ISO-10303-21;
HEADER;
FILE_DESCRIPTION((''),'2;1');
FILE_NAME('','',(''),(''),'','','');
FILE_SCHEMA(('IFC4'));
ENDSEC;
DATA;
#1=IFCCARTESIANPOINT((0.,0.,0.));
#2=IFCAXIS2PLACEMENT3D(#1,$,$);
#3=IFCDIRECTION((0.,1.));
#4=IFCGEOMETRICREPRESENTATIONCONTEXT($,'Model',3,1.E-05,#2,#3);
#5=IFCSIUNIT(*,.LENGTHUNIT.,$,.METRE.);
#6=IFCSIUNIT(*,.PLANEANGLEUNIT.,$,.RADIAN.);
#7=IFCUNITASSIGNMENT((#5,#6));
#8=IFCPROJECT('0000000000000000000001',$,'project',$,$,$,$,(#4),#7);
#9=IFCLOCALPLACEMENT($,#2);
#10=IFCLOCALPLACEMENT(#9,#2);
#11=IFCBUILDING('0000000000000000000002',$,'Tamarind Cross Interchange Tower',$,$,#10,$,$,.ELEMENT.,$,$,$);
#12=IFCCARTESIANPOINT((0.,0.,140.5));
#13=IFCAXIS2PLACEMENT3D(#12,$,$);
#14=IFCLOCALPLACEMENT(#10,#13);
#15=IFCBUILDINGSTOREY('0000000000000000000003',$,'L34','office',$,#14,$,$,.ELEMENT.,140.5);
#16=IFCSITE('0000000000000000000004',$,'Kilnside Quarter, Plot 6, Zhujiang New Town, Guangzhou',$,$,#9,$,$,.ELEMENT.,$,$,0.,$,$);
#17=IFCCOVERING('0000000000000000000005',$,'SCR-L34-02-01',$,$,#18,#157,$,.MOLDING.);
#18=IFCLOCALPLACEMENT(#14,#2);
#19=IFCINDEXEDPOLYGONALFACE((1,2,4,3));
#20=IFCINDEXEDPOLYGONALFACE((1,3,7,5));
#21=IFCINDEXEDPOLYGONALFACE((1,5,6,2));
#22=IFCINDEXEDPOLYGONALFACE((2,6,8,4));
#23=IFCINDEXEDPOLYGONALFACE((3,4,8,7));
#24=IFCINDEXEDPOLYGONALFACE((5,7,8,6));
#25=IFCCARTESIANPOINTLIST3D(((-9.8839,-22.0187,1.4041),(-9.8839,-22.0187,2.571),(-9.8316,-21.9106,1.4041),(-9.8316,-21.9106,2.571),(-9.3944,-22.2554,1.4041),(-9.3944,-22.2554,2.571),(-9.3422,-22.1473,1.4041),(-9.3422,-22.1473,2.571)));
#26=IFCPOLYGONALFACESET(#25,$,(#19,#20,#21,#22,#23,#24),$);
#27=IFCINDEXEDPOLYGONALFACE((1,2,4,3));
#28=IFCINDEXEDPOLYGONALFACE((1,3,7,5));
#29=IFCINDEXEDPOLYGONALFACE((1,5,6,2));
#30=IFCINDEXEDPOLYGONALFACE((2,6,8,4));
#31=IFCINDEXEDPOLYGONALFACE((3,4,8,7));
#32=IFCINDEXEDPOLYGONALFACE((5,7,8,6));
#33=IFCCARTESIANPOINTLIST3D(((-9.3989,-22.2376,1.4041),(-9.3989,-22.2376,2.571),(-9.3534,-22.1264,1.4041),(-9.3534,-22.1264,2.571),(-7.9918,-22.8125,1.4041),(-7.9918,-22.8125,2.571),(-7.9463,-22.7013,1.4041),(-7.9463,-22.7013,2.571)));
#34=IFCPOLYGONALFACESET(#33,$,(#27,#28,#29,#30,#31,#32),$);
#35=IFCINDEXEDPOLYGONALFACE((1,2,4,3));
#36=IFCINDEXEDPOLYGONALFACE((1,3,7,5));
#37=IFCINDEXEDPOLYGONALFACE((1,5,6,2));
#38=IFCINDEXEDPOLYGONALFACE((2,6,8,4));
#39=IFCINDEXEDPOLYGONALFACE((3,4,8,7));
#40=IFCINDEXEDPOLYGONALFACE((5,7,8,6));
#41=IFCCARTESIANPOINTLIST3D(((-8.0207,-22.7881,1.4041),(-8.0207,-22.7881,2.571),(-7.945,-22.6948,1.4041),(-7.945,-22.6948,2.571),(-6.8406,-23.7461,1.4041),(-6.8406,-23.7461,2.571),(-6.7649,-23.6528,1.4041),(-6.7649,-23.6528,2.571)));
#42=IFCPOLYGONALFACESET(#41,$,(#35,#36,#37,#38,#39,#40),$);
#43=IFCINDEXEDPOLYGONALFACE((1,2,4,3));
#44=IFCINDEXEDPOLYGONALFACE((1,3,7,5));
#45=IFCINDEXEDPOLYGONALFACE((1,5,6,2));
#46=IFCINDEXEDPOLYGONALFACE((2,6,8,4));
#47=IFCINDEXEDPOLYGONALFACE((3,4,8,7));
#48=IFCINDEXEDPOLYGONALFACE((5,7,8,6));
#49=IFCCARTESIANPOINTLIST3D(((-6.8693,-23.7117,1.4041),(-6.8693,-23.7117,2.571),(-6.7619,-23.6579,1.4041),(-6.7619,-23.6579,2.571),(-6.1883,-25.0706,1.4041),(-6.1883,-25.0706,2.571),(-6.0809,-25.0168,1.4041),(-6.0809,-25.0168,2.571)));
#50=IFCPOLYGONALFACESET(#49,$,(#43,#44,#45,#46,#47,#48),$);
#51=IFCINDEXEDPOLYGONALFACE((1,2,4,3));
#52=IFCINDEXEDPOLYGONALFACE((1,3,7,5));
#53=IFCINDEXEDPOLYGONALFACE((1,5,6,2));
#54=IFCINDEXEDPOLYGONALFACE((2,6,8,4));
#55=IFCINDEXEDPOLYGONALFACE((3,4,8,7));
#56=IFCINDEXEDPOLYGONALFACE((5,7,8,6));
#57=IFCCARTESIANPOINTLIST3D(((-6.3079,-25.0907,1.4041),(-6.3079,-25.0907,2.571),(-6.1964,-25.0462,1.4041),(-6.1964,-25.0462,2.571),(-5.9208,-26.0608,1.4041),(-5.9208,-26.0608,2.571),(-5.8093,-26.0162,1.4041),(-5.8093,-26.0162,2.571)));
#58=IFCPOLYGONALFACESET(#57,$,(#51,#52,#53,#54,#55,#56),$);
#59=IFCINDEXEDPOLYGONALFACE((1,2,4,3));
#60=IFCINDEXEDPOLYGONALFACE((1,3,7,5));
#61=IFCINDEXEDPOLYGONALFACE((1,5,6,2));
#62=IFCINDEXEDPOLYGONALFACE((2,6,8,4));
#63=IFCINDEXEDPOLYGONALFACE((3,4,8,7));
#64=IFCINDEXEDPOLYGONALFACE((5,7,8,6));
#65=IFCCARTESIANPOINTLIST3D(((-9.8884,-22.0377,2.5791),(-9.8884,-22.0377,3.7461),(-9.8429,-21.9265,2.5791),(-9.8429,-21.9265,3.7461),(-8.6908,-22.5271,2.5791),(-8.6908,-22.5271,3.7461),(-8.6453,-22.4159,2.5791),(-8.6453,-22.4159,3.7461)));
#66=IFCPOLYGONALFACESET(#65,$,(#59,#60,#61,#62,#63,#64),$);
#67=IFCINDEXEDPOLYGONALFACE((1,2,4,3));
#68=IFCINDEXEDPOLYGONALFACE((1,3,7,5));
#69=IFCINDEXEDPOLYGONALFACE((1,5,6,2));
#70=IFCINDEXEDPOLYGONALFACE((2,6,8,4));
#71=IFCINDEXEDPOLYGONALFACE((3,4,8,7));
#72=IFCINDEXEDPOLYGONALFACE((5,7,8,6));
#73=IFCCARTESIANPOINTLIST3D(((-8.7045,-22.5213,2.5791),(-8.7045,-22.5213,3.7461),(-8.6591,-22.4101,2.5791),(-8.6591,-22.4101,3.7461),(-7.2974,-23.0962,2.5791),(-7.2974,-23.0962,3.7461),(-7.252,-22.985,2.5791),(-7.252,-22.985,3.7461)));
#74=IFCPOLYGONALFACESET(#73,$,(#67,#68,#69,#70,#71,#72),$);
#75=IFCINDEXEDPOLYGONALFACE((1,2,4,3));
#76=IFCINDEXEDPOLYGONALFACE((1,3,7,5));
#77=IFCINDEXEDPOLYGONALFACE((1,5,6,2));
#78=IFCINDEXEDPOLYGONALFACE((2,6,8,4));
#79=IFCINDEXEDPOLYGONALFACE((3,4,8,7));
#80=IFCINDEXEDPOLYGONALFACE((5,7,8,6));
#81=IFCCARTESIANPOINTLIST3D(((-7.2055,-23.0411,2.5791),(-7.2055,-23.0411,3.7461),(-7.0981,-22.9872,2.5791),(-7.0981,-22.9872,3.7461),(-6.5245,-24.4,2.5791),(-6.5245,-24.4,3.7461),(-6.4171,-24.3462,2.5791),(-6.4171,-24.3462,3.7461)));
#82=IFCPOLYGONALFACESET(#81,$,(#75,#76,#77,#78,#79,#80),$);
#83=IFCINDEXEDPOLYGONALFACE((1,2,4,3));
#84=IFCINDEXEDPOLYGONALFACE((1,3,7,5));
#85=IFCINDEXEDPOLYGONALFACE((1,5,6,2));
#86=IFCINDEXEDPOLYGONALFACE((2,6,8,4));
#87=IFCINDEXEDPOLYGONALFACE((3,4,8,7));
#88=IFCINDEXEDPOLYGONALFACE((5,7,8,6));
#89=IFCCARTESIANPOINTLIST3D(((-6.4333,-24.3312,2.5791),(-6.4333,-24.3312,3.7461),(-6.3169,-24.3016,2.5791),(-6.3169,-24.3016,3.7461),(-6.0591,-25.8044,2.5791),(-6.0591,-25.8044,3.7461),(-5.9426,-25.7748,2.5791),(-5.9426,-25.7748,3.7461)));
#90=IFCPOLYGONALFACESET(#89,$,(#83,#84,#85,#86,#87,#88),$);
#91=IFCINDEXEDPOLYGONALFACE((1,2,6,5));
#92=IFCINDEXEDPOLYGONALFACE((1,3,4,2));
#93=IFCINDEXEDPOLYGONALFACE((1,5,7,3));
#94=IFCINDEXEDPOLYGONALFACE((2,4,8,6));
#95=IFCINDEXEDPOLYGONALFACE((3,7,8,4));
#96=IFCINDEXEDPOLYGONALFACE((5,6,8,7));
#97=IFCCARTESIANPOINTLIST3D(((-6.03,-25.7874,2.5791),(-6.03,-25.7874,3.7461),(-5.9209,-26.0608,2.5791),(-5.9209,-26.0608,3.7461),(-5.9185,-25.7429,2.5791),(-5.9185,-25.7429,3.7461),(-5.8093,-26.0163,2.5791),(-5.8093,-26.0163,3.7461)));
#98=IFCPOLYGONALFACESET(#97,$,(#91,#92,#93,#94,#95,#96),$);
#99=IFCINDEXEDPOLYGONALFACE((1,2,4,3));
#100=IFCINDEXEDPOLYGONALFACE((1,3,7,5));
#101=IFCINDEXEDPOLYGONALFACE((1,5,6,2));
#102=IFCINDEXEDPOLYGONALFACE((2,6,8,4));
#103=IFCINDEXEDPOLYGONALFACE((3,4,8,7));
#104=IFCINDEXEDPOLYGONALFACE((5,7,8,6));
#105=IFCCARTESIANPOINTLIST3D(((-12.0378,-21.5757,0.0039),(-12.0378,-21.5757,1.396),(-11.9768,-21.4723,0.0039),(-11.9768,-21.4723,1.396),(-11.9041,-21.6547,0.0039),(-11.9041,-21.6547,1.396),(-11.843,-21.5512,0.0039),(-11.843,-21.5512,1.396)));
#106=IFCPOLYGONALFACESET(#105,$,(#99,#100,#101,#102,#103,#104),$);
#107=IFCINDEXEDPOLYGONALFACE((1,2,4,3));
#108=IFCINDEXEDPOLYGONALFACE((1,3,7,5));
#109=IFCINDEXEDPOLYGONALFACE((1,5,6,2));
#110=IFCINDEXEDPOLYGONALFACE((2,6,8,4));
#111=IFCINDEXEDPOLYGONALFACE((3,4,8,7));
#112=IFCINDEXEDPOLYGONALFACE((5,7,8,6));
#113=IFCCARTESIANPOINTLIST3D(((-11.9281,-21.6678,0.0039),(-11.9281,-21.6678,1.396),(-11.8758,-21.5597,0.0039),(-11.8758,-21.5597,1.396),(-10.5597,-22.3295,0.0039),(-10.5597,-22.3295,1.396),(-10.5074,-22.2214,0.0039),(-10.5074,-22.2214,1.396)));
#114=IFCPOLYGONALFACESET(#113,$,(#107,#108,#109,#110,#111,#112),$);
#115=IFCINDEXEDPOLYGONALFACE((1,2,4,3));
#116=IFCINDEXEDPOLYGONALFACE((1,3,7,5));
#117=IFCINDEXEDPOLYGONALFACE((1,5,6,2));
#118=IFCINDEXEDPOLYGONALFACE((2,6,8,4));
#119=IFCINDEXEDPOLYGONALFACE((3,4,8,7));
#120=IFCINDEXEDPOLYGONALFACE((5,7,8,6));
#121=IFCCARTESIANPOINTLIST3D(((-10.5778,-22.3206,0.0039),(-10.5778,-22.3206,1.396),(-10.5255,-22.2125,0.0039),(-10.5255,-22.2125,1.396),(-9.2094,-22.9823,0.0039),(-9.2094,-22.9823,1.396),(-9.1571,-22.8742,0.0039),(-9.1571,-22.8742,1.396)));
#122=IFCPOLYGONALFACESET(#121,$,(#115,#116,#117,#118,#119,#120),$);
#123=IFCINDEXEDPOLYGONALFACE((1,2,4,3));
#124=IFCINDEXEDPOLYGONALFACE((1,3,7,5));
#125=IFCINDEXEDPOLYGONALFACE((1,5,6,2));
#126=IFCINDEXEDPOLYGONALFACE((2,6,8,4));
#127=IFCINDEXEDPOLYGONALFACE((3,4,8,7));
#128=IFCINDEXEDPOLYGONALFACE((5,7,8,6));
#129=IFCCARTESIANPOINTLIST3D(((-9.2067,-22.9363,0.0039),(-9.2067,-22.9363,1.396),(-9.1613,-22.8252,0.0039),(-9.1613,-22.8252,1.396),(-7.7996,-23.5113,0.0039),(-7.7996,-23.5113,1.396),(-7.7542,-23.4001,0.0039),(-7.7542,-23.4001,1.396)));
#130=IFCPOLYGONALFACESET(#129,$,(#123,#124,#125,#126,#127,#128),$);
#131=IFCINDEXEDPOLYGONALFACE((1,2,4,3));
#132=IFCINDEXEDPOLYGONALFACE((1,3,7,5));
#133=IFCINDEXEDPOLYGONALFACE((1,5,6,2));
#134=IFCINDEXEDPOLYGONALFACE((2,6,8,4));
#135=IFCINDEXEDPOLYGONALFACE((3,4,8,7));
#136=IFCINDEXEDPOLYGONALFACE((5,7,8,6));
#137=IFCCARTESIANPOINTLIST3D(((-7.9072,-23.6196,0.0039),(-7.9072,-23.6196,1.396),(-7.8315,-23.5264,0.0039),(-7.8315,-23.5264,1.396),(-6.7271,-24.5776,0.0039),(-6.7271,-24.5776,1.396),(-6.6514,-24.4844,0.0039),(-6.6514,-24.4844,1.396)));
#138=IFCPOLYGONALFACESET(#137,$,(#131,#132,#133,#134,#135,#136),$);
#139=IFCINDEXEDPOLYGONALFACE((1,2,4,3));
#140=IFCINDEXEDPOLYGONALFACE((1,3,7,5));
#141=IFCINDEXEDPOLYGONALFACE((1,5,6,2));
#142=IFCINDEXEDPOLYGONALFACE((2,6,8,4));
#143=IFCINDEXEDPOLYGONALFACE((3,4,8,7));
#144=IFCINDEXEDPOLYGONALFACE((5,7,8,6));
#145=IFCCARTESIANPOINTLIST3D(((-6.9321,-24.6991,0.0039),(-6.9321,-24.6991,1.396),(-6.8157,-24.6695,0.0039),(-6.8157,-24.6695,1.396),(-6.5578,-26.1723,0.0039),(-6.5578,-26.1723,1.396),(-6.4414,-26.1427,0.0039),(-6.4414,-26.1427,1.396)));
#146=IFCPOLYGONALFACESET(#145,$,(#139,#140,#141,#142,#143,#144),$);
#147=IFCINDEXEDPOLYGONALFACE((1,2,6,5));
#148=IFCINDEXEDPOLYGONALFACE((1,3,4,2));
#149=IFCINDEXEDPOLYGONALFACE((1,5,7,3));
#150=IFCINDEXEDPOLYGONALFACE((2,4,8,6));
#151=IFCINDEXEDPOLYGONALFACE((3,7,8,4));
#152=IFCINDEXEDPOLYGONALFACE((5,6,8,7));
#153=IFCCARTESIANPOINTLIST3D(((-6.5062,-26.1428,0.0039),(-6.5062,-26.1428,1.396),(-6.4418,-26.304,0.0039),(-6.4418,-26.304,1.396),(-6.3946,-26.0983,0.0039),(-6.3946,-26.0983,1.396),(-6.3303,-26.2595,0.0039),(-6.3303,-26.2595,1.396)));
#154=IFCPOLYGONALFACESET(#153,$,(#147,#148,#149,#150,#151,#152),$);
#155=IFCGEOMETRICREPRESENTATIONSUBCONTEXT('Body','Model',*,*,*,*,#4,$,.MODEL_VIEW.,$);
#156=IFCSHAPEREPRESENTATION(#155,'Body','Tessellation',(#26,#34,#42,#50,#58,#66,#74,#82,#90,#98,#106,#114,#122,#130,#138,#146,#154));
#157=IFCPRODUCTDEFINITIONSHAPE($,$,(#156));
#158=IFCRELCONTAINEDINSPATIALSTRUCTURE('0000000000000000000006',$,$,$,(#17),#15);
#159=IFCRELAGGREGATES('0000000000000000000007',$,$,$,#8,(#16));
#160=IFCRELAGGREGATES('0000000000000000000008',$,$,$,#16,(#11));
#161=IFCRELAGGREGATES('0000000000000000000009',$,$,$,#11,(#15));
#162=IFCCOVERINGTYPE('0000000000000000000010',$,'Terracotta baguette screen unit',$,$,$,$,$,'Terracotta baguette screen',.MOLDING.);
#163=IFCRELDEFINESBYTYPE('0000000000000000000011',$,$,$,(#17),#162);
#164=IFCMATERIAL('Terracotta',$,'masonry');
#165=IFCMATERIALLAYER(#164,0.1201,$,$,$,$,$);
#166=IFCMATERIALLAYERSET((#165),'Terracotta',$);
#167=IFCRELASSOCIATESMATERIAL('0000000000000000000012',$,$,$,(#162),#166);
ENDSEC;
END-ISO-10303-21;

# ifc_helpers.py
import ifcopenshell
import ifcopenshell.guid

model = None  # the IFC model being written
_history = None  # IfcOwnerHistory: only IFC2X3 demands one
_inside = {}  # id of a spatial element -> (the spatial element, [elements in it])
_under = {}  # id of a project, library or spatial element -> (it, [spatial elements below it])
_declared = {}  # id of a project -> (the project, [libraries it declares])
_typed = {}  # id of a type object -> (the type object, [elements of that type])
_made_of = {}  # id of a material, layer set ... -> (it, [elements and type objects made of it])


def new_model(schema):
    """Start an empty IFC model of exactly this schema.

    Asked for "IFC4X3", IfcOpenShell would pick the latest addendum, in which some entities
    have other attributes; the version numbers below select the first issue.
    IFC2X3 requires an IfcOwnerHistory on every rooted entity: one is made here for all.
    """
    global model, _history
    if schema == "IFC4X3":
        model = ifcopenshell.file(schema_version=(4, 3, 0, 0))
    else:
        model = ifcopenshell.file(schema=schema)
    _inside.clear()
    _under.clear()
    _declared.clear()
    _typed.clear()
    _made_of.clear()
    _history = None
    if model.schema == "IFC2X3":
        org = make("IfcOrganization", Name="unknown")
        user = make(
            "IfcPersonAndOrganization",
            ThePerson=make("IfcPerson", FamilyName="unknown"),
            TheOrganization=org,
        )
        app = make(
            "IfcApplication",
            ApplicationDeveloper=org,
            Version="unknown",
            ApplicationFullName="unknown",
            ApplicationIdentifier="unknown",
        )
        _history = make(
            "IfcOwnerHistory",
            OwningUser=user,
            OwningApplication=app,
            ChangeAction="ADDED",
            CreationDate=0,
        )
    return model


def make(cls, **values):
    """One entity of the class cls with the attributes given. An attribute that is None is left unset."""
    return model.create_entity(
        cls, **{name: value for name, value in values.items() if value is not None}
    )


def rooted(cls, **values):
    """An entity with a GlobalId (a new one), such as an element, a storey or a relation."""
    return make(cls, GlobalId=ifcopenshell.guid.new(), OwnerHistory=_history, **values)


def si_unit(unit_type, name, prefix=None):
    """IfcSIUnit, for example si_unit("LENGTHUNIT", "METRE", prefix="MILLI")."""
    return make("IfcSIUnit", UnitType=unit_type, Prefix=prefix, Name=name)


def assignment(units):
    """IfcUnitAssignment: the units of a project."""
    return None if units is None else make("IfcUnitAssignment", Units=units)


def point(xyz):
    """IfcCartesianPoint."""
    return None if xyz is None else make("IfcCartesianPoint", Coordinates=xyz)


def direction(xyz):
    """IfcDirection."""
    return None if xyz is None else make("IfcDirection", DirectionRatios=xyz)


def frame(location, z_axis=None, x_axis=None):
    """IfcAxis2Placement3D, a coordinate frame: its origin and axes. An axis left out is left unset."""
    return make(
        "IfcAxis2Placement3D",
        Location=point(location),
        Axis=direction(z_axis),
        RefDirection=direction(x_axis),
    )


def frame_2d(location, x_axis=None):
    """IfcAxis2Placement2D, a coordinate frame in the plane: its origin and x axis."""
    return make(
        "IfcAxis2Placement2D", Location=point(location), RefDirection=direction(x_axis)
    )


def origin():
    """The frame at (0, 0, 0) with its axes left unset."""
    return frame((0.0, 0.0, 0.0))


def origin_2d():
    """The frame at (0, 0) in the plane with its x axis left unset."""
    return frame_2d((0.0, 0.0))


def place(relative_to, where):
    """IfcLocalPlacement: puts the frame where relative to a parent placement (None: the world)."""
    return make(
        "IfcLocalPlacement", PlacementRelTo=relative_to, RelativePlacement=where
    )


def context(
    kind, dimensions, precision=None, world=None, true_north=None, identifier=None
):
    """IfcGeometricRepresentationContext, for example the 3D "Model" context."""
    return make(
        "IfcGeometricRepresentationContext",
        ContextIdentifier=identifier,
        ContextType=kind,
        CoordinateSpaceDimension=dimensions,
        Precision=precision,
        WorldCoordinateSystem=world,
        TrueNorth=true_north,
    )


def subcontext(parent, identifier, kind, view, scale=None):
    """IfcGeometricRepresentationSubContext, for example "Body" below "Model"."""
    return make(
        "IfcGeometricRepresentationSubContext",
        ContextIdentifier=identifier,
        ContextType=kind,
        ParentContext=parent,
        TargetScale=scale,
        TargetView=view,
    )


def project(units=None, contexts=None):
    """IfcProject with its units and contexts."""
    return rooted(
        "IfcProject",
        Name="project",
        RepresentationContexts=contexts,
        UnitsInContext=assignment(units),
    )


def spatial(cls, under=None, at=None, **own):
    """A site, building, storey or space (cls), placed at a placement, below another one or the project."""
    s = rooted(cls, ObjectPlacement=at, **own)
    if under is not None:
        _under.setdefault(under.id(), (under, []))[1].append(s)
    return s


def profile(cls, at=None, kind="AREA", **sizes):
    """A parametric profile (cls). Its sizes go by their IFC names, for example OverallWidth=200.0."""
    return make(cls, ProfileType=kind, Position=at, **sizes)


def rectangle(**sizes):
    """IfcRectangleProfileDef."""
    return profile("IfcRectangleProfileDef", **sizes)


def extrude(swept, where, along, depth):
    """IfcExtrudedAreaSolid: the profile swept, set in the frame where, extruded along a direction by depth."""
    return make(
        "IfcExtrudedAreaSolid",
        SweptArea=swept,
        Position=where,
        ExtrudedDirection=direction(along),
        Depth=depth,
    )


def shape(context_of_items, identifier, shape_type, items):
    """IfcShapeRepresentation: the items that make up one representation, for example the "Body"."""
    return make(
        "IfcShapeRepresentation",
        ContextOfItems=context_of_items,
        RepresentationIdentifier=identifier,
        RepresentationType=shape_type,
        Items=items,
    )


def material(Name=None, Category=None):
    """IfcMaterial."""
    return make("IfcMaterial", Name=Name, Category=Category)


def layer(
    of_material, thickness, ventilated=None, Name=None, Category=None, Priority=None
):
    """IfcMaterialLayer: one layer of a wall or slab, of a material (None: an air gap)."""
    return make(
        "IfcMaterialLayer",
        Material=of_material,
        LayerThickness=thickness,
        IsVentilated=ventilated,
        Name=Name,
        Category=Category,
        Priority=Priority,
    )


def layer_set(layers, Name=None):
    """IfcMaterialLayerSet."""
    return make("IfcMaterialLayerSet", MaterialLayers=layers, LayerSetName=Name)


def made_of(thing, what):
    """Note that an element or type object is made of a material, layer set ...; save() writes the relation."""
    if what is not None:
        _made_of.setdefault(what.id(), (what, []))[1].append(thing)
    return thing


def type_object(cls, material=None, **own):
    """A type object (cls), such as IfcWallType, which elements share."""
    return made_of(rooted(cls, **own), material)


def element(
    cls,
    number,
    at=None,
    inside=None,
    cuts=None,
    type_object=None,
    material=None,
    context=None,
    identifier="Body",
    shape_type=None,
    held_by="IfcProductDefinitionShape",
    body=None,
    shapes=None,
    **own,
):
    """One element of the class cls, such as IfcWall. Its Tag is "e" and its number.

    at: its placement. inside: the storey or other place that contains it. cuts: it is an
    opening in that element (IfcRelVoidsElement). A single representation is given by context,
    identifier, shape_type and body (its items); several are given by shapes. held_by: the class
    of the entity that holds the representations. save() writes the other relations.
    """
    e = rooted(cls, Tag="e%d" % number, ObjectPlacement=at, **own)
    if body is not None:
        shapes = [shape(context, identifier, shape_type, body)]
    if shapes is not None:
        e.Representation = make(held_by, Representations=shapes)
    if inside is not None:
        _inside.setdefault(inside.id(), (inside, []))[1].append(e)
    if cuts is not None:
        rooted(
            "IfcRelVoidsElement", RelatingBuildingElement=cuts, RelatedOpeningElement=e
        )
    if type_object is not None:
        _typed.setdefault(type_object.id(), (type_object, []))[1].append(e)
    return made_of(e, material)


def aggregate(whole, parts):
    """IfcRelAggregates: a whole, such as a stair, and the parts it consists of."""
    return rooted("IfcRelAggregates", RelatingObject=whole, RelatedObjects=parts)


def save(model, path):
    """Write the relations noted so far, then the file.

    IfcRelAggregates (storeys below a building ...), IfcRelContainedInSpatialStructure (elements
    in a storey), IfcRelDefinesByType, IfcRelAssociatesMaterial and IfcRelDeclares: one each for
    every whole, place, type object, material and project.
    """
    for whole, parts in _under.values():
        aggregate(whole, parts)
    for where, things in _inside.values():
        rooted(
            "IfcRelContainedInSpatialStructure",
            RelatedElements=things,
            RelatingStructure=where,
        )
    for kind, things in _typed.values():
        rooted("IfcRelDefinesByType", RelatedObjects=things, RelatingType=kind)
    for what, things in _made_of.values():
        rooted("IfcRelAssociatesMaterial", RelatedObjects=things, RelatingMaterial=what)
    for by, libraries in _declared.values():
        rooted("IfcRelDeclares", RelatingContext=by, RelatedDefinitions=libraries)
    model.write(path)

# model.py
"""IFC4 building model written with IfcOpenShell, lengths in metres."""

from ifc_helpers import new_model, si_unit, direction, frame, origin, origin_2d, place, context, subcontext, project, spatial, rectangle, extrude, material, layer, layer_set, type_object, element, save


model = new_model("IFC4")

# Units and contexts
model_context = context("Model", 3, precision=1e-05, world=origin(), true_north=direction((0.0, 1.0)))
body_context = subcontext(model_context, "Body", "Model", "MODEL_VIEW")
ifc_project = project(units=[si_unit("LENGTHUNIT", "METRE"), si_unit("PLANEANGLEUNIT", "RADIAN")], contexts=[model_context])

# Site, building, storey
site_placement = place(None, origin())
site = spatial("IfcSite", under=ifc_project, at=site_placement, Name="Kilnside Quarter, Plot 6, Zhujiang New Town, Guangzhou", CompositionType="ELEMENT", RefElevation=0.0)
building_placement = place(site_placement, origin())
building = spatial("IfcBuilding", under=site, at=building_placement, Name="Tamarind Cross Interchange Tower", CompositionType="ELEMENT")
storey_placement = place(building_placement, frame((0.0, 0.0, 140.5)))
storey = spatial("IfcBuildingStorey", under=building, at=storey_placement, Name="L34", Description="office", CompositionType="ELEMENT", Elevation=140.5)

# Covering
ifc_material_1 = material(Name="Terracotta", Category="masonry")
ifc_layer_1 = layer(ifc_material_1, 0.1201)
ifc_layer_set_1 = layer_set([ifc_layer_1], Name="Terracotta")
covering_type = type_object("IfcCoveringType", Name="Terracotta baguette screen unit", ElementType="Terracotta baguette screen", PredefinedType="MOLDING", material=ifc_layer_set_1)
covering_1_placement = place(storey_placement, origin())
element("IfcCovering", 1, at=covering_1_placement, inside=storey, type_object=covering_type, Name="SCR-L34-02-01", PredefinedType="MOLDING", context=body_context, shape_type="SweptSolid", body=[
    extrude(rectangle(XDim=0.5437, YDim=0.1201, at=origin_2d()), frame((-9.613, -22.083, 1.4041), z_axis=(0.0, 0.0, 1.0), x_axis=(0.900273, -0.435326, 0.0)), (0.0, 0.0, 1.0), 1.167),
    extrude(rectangle(XDim=1.52, YDim=0.1201, at=origin_2d()), frame((-8.6726, -22.4695, 1.4041), z_axis=(0.0, 0.0, 1.0), x_axis=(0.925709, -0.378237, 0.0)), (0.0, 0.0, 1.0), 1.167),
    extrude(rectangle(XDim=1.52, YDim=0.1201, at=origin_2d()), frame((-7.3928, -23.2205, 1.4041), z_axis=(0.0, 0.0, 1.0), x_axis=(0.776369, -0.630279, 0.0)), (0.0, 0.0, 1.0), 1.167),
    extrude(rectangle(XDim=1.52, YDim=0.1201, at=origin_2d()), frame((-6.4751, -24.3643, 1.4041), z_axis=(0.0, 0.0, 1.0), x_axis=(0.448045, -0.894011, 0.0)), (0.0, 0.0, 1.0), 1.167),
    extrude(rectangle(XDim=1.0444, YDim=0.1201, at=origin_2d()), frame((-6.0586, -25.5535, 1.4041), z_axis=(0.0, 0.0, 1.0), x_axis=(0.370629, -0.928781, 0.0)), (0.0, 0.0, 1.0), 1.167),
    extrude(rectangle(XDim=1.2937, YDim=0.1201, at=origin_2d()), frame((-9.2668, -22.2268, 2.5791), z_axis=(0.0, 0.0, 1.0), x_axis=(0.925709, -0.378237, 0.0)), (0.0, 0.0, 1.0), 1.167),
    extrude(rectangle(XDim=1.52, YDim=0.1201, at=origin_2d()), frame((-7.9783, -22.7532, 2.5791), z_axis=(0.0, 0.0, 1.0), x_axis=(0.925709, -0.378237, 0.0)), (0.0, 0.0, 1.0), 1.167),
    extrude(rectangle(XDim=1.52, YDim=0.1201, at=origin_2d()), frame((-6.8113, -23.6936, 2.5791), z_axis=(0.0, 0.0, 1.0), x_axis=(0.448045, -0.894011, 0.0)), (0.0, 0.0, 1.0), 1.167),
    extrude(rectangle(XDim=1.52, YDim=0.1201, at=origin_2d()), frame((-6.188, -25.053, 2.5791), z_axis=(0.0, 0.0, 1.0), x_axis=(0.246228, -0.969212, 0.0)), (0.0, 0.0, 1.0), 1.167),
    extrude(rectangle(XDim=0.2944, YDim=0.1201, at=origin_2d()), frame((-5.9197, -25.9019, 2.5791), z_axis=(0.0, 0.0, 1.0), x_axis=(0.370629, -0.928781, 0.0)), (0.0, 0.0, 1.0), 1.167),
    extrude(rectangle(XDim=0.1553, YDim=0.1201, at=origin_2d()), frame((-11.9404, -21.5635, 0.0039), z_axis=(0.0, 0.0, 1.0), x_axis=(0.861249, -0.508183, 0.0)), (0.0, 0.0, 1.0), 1.3921),
    extrude(rectangle(XDim=1.52, YDim=0.1201, at=origin_2d()), frame((-11.2178, -21.9446, 0.0039), z_axis=(0.0, 0.0, 1.0), x_axis=(0.900273, -0.435326, 0.0)), (0.0, 0.0, 1.0), 1.3921),
    extrude(rectangle(XDim=1.52, YDim=0.1201, at=origin_2d()), frame((-9.8674, -22.5974, 0.0039), z_axis=(0.0, 0.0, 1.0), x_axis=(0.900273, -0.435326, 0.0)), (0.0, 0.0, 1.0), 1.3921),
    extrude(rectangle(XDim=1.52, YDim=0.1201, at=origin_2d()), frame((-8.4805, -23.1682, 0.0039), z_axis=(0.0, 0.0, 1.0), x_axis=(0.925709, -0.378237, 0.0)), (0.0, 0.0, 1.0), 1.3921),
    extrude(rectangle(XDim=1.52, YDim=0.1201, at=origin_2d()), frame((-7.2793, -24.052, 0.0039), z_axis=(0.0, 0.0, 1.0), x_axis=(0.776369, -0.630279, 0.0)), (0.0, 0.0, 1.0), 1.3921),
    extrude(rectangle(XDim=1.52, YDim=0.1201, at=origin_2d()), frame((-6.6868, -25.4209, 0.0039), z_axis=(0.0, 0.0, 1.0), x_axis=(0.246228, -0.969212, 0.0)), (0.0, 0.0, 1.0), 1.3921),
    extrude(rectangle(XDim=0.1736, YDim=0.1201, at=origin_2d()), frame((-6.4182, -26.2012, 0.0039), z_axis=(0.0, 0.0, 1.0), x_axis=(0.370629, -0.928781, 0.0)), (0.0, 0.0, 1.0), 1.3921),
])

save(model, "model.ifc")
